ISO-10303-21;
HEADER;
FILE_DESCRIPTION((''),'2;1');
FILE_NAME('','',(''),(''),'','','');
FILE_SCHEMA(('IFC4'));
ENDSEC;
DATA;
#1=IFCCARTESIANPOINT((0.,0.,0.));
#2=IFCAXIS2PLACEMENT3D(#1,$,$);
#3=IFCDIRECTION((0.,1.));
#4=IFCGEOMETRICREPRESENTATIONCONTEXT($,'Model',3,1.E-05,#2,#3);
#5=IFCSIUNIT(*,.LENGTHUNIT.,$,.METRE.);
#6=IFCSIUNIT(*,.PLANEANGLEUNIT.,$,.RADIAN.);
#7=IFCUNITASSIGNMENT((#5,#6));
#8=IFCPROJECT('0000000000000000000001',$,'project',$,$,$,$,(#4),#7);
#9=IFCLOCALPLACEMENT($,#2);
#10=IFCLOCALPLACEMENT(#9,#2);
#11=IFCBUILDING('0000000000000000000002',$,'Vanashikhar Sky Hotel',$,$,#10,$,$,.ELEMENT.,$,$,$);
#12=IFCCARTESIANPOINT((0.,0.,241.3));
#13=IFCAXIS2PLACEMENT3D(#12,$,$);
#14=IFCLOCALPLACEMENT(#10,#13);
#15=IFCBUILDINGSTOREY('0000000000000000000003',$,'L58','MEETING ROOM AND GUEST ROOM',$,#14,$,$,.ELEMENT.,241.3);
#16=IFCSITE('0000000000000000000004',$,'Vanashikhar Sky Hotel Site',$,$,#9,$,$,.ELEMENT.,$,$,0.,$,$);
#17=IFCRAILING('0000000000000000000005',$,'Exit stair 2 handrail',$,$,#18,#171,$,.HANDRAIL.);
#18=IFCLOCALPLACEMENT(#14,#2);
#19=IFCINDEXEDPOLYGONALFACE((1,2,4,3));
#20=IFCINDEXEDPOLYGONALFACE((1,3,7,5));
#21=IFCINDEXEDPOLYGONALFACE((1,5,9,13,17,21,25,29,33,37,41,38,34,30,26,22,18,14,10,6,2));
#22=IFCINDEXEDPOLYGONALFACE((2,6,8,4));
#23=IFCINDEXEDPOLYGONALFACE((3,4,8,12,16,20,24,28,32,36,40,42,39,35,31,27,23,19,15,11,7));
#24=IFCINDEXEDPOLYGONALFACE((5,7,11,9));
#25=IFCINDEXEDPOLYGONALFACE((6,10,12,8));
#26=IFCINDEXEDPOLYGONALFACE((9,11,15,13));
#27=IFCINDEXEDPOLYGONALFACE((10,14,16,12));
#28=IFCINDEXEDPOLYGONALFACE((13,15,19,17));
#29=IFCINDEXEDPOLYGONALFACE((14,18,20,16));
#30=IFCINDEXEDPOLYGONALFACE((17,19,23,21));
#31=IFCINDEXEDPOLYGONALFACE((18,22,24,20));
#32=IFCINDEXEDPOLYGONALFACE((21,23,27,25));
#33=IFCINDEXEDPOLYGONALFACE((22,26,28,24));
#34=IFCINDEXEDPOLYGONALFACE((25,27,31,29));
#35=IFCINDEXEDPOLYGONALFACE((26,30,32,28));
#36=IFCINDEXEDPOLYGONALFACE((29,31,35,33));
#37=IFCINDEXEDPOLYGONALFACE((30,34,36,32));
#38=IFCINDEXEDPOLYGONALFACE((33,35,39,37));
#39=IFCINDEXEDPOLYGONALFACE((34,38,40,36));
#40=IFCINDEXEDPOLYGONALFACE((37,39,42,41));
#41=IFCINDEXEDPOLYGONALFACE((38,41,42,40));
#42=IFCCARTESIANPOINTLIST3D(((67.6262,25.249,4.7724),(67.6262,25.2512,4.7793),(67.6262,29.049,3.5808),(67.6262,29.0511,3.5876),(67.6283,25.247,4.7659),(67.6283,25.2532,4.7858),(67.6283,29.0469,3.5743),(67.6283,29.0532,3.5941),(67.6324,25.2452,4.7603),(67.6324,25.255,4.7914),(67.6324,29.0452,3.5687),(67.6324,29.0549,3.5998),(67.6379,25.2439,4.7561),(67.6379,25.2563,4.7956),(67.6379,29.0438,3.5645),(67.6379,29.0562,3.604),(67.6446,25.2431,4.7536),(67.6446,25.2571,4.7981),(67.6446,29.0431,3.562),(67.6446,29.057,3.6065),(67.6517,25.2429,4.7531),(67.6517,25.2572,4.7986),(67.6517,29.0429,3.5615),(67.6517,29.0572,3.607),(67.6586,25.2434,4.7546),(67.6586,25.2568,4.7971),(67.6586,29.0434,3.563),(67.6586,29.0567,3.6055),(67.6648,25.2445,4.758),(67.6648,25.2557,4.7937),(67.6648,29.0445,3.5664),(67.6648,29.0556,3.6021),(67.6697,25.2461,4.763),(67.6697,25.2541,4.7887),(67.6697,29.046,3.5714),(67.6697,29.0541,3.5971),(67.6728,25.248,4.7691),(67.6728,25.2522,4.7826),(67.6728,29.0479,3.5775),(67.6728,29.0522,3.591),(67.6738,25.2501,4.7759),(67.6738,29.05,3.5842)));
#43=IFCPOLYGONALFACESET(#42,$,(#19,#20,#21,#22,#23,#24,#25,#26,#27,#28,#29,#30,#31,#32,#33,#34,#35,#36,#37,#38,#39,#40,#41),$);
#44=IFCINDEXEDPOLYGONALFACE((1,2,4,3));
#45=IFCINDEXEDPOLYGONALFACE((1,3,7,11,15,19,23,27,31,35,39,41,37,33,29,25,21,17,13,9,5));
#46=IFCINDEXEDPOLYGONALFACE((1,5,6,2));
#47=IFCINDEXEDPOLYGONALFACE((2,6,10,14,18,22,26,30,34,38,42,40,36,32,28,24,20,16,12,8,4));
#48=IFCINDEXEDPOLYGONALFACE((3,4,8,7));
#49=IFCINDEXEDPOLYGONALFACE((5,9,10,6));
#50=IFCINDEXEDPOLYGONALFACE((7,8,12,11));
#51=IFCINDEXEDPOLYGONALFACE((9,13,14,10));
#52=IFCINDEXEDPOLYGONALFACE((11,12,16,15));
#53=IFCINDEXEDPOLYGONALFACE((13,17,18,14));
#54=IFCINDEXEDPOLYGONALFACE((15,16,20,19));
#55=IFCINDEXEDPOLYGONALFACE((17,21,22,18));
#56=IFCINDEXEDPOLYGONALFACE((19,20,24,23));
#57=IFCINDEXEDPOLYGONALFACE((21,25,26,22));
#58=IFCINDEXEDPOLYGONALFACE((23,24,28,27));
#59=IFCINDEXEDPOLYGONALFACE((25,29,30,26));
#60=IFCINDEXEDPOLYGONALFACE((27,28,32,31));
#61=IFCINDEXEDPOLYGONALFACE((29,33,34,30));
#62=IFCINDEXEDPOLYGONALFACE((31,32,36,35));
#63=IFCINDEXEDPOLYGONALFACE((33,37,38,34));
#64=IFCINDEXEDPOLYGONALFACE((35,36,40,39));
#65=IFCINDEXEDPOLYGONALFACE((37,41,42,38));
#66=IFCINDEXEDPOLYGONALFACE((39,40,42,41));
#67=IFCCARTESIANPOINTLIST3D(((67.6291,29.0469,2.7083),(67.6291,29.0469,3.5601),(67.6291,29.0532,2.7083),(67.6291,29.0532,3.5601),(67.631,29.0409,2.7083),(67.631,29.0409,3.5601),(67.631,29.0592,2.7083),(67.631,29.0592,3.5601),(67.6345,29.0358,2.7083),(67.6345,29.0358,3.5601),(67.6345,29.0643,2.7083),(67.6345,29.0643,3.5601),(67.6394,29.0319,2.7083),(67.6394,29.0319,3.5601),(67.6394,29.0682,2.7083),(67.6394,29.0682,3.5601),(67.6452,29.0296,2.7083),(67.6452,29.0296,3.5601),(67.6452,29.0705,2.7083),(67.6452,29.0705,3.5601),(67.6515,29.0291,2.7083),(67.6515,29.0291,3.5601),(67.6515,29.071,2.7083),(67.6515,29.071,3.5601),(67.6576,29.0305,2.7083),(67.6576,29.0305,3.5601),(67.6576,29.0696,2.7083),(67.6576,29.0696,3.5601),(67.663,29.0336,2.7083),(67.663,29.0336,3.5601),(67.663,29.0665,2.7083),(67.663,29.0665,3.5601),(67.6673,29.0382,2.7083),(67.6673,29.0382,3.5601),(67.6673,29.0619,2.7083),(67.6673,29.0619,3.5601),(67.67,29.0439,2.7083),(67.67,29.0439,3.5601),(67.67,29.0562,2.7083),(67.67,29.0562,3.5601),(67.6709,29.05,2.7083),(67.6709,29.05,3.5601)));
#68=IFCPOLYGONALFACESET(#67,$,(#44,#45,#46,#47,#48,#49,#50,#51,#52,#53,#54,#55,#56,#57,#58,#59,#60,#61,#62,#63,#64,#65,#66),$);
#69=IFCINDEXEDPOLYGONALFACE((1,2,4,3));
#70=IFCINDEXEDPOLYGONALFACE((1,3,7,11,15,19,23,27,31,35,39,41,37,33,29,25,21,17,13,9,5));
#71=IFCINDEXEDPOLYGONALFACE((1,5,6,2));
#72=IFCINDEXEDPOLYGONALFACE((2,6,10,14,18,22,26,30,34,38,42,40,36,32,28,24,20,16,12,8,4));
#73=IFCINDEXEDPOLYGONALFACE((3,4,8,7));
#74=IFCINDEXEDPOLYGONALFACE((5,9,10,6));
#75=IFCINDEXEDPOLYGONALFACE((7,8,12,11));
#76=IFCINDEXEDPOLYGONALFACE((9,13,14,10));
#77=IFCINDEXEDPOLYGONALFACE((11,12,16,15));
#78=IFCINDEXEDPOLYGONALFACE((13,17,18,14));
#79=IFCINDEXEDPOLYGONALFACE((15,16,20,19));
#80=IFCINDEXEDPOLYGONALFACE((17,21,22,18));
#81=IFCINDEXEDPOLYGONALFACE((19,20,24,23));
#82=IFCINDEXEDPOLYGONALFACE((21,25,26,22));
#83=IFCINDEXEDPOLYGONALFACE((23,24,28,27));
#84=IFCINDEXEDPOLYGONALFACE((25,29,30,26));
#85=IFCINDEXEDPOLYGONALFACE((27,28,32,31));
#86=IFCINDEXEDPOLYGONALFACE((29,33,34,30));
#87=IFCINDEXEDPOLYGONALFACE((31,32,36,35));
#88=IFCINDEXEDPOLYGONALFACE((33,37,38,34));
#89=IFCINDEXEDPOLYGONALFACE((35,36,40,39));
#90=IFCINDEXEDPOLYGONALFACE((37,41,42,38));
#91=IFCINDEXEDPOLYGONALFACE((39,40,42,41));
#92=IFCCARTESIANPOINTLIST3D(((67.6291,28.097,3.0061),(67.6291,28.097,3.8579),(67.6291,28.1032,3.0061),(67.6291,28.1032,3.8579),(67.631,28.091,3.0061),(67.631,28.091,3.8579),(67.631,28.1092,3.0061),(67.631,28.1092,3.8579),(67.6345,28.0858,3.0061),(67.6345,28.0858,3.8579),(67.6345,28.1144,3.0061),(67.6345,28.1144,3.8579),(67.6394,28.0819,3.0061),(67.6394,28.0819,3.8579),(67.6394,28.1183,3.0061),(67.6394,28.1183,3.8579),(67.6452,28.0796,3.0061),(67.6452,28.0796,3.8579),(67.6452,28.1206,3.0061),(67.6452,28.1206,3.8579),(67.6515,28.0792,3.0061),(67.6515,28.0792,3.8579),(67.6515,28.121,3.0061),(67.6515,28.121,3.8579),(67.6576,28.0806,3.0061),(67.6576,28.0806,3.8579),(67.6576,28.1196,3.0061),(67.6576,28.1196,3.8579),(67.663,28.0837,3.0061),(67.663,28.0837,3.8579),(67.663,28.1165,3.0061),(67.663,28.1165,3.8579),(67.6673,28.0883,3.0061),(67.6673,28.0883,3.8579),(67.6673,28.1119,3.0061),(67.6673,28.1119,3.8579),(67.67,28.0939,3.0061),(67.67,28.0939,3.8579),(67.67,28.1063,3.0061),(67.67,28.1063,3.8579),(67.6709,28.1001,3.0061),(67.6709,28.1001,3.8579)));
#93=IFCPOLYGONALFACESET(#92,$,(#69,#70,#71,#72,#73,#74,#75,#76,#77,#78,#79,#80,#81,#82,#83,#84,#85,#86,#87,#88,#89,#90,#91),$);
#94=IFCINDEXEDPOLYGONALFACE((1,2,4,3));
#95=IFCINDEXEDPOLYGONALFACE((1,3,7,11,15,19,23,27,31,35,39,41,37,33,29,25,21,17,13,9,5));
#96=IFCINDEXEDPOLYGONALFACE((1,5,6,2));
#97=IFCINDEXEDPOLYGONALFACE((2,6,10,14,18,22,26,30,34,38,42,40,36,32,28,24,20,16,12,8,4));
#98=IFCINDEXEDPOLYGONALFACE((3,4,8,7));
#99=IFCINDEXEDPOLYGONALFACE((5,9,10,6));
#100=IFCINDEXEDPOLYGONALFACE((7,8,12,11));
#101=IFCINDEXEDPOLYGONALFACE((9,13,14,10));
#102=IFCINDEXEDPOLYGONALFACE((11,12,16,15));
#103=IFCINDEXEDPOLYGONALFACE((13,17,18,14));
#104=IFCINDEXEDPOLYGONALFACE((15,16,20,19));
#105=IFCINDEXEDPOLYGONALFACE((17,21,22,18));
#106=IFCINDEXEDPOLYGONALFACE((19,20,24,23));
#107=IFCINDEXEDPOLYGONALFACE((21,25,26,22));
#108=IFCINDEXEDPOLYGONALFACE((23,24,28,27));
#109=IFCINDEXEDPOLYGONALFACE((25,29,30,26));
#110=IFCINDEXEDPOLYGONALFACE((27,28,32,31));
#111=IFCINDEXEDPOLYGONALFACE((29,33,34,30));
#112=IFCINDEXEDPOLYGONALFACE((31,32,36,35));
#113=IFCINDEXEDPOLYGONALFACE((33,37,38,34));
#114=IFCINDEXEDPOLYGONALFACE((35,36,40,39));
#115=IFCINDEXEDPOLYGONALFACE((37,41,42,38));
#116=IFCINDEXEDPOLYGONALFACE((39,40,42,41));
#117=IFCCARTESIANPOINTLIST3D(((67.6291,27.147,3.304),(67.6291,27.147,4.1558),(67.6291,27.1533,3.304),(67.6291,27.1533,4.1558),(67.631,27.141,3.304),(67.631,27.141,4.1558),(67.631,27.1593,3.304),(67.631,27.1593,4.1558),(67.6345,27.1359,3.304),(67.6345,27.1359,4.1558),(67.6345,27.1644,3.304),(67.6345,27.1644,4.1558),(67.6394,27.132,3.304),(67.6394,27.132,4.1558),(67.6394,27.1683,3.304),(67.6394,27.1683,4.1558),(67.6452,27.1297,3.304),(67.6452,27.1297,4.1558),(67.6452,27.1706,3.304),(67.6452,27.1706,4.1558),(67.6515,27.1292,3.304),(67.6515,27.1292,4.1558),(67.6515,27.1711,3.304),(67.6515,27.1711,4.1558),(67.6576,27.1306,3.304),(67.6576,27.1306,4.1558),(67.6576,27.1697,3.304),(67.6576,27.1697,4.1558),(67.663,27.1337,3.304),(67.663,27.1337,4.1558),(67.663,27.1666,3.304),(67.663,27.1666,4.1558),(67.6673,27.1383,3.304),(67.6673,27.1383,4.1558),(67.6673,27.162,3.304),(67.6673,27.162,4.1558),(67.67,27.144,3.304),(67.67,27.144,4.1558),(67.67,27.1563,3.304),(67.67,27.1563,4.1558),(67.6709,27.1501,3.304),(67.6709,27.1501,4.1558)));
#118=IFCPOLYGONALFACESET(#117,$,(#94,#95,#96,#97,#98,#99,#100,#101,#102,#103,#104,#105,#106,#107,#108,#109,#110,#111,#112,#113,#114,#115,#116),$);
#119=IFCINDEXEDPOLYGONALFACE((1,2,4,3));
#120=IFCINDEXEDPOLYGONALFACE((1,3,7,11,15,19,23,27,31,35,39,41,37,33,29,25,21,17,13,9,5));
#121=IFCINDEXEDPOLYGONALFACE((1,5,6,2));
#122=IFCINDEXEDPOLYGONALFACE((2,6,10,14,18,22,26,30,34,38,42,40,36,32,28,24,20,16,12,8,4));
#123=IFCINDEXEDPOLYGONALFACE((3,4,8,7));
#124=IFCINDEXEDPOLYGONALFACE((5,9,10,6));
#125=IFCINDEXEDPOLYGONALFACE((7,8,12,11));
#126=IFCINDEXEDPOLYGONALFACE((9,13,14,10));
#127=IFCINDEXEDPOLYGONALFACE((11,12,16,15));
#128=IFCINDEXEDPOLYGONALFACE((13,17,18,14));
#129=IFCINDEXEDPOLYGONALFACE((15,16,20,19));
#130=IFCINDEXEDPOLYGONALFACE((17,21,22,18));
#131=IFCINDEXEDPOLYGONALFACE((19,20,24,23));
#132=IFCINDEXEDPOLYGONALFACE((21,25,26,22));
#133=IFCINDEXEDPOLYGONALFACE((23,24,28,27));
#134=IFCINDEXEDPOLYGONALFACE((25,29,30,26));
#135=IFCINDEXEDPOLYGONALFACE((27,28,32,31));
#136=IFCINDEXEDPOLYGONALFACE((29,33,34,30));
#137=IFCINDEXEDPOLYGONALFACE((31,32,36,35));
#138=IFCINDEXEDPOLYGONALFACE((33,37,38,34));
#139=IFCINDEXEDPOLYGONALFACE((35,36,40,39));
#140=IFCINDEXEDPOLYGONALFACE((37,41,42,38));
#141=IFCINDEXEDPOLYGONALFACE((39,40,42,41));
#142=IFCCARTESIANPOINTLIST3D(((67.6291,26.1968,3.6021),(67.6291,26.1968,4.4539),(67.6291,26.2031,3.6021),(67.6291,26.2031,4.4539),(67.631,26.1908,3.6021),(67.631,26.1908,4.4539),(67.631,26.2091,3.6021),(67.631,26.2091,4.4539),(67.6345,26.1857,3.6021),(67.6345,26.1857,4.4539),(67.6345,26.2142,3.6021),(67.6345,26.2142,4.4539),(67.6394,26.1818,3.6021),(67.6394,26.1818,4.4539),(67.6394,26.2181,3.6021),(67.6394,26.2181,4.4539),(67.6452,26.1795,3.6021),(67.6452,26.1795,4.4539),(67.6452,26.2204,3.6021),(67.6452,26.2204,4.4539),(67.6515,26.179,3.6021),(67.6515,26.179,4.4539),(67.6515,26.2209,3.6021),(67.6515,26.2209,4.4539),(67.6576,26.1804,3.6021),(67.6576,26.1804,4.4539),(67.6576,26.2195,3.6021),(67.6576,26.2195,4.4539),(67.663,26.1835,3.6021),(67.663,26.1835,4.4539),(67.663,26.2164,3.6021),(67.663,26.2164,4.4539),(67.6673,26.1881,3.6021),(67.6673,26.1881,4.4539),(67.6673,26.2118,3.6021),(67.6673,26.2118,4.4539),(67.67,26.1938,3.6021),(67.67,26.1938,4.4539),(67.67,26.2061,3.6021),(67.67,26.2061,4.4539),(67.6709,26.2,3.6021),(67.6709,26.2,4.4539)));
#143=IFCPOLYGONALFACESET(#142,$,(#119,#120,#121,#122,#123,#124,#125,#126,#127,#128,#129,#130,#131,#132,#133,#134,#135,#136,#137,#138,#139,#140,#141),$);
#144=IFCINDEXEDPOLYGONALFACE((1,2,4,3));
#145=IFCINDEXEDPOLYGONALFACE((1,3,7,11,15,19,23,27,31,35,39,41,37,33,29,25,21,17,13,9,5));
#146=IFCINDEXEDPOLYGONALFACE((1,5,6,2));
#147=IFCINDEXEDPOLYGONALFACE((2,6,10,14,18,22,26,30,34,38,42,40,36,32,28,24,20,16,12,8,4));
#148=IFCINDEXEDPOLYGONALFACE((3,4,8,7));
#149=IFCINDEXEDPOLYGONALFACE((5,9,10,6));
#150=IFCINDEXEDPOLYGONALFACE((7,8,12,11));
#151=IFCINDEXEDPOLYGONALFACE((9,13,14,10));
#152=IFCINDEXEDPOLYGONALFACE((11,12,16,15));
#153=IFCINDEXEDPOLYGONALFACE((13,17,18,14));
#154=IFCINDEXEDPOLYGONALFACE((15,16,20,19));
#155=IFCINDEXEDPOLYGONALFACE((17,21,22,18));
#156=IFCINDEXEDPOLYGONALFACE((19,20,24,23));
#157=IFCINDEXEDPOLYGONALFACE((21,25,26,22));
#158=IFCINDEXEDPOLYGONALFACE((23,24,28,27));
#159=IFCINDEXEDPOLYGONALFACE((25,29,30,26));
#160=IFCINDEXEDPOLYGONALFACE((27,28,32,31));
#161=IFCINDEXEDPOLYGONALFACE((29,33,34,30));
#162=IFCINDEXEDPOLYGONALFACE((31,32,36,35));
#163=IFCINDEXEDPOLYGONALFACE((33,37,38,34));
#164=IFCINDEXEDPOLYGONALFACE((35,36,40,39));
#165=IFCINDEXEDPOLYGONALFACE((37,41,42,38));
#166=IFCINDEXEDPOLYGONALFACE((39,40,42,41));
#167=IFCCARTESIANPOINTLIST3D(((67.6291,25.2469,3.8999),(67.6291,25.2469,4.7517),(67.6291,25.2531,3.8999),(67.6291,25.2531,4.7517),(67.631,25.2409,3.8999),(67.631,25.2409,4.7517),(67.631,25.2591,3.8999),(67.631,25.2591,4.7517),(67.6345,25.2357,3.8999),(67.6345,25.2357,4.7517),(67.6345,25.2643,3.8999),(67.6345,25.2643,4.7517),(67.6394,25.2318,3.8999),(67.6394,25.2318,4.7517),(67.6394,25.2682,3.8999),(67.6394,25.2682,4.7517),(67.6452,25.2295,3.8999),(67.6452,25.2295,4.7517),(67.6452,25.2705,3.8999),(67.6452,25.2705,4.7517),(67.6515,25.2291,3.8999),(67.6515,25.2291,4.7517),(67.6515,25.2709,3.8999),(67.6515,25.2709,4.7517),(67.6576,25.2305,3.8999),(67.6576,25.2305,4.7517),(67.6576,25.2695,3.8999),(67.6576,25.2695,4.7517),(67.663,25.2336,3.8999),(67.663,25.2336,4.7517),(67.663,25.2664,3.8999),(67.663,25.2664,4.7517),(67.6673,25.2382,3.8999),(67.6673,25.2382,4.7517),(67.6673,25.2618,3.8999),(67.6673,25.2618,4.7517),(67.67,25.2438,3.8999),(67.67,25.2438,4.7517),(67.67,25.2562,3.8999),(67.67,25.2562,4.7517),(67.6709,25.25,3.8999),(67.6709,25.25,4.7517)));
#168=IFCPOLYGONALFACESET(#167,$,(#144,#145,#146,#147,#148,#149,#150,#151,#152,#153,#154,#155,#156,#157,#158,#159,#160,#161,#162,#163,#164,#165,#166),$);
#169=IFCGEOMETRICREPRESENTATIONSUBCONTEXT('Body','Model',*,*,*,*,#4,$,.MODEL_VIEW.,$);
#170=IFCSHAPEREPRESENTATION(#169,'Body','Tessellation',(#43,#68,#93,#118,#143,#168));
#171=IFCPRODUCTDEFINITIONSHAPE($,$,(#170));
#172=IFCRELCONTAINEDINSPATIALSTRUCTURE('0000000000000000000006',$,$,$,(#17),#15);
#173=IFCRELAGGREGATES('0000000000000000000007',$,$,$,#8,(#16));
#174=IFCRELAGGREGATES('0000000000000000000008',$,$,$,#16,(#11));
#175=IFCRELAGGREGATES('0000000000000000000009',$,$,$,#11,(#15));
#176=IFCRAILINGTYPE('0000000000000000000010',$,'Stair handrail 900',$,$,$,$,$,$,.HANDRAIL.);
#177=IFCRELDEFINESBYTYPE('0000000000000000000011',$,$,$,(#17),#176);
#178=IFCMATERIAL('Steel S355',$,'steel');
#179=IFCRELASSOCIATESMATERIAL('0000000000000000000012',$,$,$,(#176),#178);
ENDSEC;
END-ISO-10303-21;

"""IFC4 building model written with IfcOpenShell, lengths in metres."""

from ifc_helpers import new_model, si_unit, direction, frame, origin, origin_2d, place, context, subcontext, project, spatial, circle, extrude, source, transform, mapped, material, type_object, element, save


model = new_model("IFC4")

# Units and contexts
model_context = context("Model", 3, precision=1e-05, world=origin(), true_north=direction((0.0, 1.0)))
body_context = subcontext(model_context, "Body", "Model", "MODEL_VIEW")
ifc_project = project(units=[si_unit("LENGTHUNIT", "METRE"), si_unit("PLANEANGLEUNIT", "RADIAN")], contexts=[model_context])

# Site, building, storey
site_placement = place(None, origin())
site = spatial("IfcSite", under=ifc_project, at=site_placement, Name="Vanashikhar Sky Hotel Site", CompositionType="ELEMENT", RefElevation=0.0)
building_placement = place(site_placement, origin())
building = spatial("IfcBuilding", under=site, at=building_placement, Name="Vanashikhar Sky Hotel", CompositionType="ELEMENT")
storey_placement = place(building_placement, frame((0.0, 0.0, 241.3)))
storey = spatial("IfcBuildingStorey", under=building, at=storey_placement, Name="L58", Description="MEETING ROOM AND GUEST ROOM", CompositionType="ELEMENT", Elevation=241.3)

# Railing
ifc_material_1 = material(Name="Steel S355", Category="steel")
railing_type_1 = type_object("IfcRailingType", Name="Stair handrail 900", PredefinedType="HANDRAIL", material=ifc_material_1)
shared_shape_1 = source(origin(), body_context, "Body", "SweptSolid", [
    extrude(circle(Radius=0.0239, at=origin_2d()), frame((0.0, 0.0, 0.876), z_axis=(0.0, -0.954184, 0.299221), x_axis=(1.0, 0.0, 0.0)), (0.0, 0.0, 1.0), 3.9824),
    extrude(circle(Radius=0.021, at=origin_2d()), origin(), (0.0, 0.0, 1.0), 0.8518),
    extrude(circle(Radius=0.021, at=origin_2d()), frame((0.0, -0.95, 0.2979)), (0.0, 0.0, 1.0), 0.8518),
    extrude(circle(Radius=0.021, at=origin_2d()), frame((0.0, -1.8999, 0.5957)), (0.0, 0.0, 1.0), 0.8518),
    extrude(circle(Radius=0.021, at=origin_2d()), frame((0.0, -2.8501, 0.8938)), (0.0, 0.0, 1.0), 0.8518),
    extrude(circle(Radius=0.021, at=origin_2d()), frame((0.0, -3.8, 1.1917)), (0.0, 0.0, 1.0), 0.8518),
])
for number, where, name in (
    (1, (67.6499, 29.05, 2.7083), "Exit stair 2 handrail"),
):
    element("IfcRailing", number, at=place(storey_placement, frame(where)), inside=storey, type_object=railing_type_1, Name=name, PredefinedType="HANDRAIL", context=body_context, shape_type="MappedRepresentation", body=[
        mapped(shared_shape_1, transform((0.0, 0.0, 0.0), scale=1.0)),
    ])

save(model, "model.ifc")
